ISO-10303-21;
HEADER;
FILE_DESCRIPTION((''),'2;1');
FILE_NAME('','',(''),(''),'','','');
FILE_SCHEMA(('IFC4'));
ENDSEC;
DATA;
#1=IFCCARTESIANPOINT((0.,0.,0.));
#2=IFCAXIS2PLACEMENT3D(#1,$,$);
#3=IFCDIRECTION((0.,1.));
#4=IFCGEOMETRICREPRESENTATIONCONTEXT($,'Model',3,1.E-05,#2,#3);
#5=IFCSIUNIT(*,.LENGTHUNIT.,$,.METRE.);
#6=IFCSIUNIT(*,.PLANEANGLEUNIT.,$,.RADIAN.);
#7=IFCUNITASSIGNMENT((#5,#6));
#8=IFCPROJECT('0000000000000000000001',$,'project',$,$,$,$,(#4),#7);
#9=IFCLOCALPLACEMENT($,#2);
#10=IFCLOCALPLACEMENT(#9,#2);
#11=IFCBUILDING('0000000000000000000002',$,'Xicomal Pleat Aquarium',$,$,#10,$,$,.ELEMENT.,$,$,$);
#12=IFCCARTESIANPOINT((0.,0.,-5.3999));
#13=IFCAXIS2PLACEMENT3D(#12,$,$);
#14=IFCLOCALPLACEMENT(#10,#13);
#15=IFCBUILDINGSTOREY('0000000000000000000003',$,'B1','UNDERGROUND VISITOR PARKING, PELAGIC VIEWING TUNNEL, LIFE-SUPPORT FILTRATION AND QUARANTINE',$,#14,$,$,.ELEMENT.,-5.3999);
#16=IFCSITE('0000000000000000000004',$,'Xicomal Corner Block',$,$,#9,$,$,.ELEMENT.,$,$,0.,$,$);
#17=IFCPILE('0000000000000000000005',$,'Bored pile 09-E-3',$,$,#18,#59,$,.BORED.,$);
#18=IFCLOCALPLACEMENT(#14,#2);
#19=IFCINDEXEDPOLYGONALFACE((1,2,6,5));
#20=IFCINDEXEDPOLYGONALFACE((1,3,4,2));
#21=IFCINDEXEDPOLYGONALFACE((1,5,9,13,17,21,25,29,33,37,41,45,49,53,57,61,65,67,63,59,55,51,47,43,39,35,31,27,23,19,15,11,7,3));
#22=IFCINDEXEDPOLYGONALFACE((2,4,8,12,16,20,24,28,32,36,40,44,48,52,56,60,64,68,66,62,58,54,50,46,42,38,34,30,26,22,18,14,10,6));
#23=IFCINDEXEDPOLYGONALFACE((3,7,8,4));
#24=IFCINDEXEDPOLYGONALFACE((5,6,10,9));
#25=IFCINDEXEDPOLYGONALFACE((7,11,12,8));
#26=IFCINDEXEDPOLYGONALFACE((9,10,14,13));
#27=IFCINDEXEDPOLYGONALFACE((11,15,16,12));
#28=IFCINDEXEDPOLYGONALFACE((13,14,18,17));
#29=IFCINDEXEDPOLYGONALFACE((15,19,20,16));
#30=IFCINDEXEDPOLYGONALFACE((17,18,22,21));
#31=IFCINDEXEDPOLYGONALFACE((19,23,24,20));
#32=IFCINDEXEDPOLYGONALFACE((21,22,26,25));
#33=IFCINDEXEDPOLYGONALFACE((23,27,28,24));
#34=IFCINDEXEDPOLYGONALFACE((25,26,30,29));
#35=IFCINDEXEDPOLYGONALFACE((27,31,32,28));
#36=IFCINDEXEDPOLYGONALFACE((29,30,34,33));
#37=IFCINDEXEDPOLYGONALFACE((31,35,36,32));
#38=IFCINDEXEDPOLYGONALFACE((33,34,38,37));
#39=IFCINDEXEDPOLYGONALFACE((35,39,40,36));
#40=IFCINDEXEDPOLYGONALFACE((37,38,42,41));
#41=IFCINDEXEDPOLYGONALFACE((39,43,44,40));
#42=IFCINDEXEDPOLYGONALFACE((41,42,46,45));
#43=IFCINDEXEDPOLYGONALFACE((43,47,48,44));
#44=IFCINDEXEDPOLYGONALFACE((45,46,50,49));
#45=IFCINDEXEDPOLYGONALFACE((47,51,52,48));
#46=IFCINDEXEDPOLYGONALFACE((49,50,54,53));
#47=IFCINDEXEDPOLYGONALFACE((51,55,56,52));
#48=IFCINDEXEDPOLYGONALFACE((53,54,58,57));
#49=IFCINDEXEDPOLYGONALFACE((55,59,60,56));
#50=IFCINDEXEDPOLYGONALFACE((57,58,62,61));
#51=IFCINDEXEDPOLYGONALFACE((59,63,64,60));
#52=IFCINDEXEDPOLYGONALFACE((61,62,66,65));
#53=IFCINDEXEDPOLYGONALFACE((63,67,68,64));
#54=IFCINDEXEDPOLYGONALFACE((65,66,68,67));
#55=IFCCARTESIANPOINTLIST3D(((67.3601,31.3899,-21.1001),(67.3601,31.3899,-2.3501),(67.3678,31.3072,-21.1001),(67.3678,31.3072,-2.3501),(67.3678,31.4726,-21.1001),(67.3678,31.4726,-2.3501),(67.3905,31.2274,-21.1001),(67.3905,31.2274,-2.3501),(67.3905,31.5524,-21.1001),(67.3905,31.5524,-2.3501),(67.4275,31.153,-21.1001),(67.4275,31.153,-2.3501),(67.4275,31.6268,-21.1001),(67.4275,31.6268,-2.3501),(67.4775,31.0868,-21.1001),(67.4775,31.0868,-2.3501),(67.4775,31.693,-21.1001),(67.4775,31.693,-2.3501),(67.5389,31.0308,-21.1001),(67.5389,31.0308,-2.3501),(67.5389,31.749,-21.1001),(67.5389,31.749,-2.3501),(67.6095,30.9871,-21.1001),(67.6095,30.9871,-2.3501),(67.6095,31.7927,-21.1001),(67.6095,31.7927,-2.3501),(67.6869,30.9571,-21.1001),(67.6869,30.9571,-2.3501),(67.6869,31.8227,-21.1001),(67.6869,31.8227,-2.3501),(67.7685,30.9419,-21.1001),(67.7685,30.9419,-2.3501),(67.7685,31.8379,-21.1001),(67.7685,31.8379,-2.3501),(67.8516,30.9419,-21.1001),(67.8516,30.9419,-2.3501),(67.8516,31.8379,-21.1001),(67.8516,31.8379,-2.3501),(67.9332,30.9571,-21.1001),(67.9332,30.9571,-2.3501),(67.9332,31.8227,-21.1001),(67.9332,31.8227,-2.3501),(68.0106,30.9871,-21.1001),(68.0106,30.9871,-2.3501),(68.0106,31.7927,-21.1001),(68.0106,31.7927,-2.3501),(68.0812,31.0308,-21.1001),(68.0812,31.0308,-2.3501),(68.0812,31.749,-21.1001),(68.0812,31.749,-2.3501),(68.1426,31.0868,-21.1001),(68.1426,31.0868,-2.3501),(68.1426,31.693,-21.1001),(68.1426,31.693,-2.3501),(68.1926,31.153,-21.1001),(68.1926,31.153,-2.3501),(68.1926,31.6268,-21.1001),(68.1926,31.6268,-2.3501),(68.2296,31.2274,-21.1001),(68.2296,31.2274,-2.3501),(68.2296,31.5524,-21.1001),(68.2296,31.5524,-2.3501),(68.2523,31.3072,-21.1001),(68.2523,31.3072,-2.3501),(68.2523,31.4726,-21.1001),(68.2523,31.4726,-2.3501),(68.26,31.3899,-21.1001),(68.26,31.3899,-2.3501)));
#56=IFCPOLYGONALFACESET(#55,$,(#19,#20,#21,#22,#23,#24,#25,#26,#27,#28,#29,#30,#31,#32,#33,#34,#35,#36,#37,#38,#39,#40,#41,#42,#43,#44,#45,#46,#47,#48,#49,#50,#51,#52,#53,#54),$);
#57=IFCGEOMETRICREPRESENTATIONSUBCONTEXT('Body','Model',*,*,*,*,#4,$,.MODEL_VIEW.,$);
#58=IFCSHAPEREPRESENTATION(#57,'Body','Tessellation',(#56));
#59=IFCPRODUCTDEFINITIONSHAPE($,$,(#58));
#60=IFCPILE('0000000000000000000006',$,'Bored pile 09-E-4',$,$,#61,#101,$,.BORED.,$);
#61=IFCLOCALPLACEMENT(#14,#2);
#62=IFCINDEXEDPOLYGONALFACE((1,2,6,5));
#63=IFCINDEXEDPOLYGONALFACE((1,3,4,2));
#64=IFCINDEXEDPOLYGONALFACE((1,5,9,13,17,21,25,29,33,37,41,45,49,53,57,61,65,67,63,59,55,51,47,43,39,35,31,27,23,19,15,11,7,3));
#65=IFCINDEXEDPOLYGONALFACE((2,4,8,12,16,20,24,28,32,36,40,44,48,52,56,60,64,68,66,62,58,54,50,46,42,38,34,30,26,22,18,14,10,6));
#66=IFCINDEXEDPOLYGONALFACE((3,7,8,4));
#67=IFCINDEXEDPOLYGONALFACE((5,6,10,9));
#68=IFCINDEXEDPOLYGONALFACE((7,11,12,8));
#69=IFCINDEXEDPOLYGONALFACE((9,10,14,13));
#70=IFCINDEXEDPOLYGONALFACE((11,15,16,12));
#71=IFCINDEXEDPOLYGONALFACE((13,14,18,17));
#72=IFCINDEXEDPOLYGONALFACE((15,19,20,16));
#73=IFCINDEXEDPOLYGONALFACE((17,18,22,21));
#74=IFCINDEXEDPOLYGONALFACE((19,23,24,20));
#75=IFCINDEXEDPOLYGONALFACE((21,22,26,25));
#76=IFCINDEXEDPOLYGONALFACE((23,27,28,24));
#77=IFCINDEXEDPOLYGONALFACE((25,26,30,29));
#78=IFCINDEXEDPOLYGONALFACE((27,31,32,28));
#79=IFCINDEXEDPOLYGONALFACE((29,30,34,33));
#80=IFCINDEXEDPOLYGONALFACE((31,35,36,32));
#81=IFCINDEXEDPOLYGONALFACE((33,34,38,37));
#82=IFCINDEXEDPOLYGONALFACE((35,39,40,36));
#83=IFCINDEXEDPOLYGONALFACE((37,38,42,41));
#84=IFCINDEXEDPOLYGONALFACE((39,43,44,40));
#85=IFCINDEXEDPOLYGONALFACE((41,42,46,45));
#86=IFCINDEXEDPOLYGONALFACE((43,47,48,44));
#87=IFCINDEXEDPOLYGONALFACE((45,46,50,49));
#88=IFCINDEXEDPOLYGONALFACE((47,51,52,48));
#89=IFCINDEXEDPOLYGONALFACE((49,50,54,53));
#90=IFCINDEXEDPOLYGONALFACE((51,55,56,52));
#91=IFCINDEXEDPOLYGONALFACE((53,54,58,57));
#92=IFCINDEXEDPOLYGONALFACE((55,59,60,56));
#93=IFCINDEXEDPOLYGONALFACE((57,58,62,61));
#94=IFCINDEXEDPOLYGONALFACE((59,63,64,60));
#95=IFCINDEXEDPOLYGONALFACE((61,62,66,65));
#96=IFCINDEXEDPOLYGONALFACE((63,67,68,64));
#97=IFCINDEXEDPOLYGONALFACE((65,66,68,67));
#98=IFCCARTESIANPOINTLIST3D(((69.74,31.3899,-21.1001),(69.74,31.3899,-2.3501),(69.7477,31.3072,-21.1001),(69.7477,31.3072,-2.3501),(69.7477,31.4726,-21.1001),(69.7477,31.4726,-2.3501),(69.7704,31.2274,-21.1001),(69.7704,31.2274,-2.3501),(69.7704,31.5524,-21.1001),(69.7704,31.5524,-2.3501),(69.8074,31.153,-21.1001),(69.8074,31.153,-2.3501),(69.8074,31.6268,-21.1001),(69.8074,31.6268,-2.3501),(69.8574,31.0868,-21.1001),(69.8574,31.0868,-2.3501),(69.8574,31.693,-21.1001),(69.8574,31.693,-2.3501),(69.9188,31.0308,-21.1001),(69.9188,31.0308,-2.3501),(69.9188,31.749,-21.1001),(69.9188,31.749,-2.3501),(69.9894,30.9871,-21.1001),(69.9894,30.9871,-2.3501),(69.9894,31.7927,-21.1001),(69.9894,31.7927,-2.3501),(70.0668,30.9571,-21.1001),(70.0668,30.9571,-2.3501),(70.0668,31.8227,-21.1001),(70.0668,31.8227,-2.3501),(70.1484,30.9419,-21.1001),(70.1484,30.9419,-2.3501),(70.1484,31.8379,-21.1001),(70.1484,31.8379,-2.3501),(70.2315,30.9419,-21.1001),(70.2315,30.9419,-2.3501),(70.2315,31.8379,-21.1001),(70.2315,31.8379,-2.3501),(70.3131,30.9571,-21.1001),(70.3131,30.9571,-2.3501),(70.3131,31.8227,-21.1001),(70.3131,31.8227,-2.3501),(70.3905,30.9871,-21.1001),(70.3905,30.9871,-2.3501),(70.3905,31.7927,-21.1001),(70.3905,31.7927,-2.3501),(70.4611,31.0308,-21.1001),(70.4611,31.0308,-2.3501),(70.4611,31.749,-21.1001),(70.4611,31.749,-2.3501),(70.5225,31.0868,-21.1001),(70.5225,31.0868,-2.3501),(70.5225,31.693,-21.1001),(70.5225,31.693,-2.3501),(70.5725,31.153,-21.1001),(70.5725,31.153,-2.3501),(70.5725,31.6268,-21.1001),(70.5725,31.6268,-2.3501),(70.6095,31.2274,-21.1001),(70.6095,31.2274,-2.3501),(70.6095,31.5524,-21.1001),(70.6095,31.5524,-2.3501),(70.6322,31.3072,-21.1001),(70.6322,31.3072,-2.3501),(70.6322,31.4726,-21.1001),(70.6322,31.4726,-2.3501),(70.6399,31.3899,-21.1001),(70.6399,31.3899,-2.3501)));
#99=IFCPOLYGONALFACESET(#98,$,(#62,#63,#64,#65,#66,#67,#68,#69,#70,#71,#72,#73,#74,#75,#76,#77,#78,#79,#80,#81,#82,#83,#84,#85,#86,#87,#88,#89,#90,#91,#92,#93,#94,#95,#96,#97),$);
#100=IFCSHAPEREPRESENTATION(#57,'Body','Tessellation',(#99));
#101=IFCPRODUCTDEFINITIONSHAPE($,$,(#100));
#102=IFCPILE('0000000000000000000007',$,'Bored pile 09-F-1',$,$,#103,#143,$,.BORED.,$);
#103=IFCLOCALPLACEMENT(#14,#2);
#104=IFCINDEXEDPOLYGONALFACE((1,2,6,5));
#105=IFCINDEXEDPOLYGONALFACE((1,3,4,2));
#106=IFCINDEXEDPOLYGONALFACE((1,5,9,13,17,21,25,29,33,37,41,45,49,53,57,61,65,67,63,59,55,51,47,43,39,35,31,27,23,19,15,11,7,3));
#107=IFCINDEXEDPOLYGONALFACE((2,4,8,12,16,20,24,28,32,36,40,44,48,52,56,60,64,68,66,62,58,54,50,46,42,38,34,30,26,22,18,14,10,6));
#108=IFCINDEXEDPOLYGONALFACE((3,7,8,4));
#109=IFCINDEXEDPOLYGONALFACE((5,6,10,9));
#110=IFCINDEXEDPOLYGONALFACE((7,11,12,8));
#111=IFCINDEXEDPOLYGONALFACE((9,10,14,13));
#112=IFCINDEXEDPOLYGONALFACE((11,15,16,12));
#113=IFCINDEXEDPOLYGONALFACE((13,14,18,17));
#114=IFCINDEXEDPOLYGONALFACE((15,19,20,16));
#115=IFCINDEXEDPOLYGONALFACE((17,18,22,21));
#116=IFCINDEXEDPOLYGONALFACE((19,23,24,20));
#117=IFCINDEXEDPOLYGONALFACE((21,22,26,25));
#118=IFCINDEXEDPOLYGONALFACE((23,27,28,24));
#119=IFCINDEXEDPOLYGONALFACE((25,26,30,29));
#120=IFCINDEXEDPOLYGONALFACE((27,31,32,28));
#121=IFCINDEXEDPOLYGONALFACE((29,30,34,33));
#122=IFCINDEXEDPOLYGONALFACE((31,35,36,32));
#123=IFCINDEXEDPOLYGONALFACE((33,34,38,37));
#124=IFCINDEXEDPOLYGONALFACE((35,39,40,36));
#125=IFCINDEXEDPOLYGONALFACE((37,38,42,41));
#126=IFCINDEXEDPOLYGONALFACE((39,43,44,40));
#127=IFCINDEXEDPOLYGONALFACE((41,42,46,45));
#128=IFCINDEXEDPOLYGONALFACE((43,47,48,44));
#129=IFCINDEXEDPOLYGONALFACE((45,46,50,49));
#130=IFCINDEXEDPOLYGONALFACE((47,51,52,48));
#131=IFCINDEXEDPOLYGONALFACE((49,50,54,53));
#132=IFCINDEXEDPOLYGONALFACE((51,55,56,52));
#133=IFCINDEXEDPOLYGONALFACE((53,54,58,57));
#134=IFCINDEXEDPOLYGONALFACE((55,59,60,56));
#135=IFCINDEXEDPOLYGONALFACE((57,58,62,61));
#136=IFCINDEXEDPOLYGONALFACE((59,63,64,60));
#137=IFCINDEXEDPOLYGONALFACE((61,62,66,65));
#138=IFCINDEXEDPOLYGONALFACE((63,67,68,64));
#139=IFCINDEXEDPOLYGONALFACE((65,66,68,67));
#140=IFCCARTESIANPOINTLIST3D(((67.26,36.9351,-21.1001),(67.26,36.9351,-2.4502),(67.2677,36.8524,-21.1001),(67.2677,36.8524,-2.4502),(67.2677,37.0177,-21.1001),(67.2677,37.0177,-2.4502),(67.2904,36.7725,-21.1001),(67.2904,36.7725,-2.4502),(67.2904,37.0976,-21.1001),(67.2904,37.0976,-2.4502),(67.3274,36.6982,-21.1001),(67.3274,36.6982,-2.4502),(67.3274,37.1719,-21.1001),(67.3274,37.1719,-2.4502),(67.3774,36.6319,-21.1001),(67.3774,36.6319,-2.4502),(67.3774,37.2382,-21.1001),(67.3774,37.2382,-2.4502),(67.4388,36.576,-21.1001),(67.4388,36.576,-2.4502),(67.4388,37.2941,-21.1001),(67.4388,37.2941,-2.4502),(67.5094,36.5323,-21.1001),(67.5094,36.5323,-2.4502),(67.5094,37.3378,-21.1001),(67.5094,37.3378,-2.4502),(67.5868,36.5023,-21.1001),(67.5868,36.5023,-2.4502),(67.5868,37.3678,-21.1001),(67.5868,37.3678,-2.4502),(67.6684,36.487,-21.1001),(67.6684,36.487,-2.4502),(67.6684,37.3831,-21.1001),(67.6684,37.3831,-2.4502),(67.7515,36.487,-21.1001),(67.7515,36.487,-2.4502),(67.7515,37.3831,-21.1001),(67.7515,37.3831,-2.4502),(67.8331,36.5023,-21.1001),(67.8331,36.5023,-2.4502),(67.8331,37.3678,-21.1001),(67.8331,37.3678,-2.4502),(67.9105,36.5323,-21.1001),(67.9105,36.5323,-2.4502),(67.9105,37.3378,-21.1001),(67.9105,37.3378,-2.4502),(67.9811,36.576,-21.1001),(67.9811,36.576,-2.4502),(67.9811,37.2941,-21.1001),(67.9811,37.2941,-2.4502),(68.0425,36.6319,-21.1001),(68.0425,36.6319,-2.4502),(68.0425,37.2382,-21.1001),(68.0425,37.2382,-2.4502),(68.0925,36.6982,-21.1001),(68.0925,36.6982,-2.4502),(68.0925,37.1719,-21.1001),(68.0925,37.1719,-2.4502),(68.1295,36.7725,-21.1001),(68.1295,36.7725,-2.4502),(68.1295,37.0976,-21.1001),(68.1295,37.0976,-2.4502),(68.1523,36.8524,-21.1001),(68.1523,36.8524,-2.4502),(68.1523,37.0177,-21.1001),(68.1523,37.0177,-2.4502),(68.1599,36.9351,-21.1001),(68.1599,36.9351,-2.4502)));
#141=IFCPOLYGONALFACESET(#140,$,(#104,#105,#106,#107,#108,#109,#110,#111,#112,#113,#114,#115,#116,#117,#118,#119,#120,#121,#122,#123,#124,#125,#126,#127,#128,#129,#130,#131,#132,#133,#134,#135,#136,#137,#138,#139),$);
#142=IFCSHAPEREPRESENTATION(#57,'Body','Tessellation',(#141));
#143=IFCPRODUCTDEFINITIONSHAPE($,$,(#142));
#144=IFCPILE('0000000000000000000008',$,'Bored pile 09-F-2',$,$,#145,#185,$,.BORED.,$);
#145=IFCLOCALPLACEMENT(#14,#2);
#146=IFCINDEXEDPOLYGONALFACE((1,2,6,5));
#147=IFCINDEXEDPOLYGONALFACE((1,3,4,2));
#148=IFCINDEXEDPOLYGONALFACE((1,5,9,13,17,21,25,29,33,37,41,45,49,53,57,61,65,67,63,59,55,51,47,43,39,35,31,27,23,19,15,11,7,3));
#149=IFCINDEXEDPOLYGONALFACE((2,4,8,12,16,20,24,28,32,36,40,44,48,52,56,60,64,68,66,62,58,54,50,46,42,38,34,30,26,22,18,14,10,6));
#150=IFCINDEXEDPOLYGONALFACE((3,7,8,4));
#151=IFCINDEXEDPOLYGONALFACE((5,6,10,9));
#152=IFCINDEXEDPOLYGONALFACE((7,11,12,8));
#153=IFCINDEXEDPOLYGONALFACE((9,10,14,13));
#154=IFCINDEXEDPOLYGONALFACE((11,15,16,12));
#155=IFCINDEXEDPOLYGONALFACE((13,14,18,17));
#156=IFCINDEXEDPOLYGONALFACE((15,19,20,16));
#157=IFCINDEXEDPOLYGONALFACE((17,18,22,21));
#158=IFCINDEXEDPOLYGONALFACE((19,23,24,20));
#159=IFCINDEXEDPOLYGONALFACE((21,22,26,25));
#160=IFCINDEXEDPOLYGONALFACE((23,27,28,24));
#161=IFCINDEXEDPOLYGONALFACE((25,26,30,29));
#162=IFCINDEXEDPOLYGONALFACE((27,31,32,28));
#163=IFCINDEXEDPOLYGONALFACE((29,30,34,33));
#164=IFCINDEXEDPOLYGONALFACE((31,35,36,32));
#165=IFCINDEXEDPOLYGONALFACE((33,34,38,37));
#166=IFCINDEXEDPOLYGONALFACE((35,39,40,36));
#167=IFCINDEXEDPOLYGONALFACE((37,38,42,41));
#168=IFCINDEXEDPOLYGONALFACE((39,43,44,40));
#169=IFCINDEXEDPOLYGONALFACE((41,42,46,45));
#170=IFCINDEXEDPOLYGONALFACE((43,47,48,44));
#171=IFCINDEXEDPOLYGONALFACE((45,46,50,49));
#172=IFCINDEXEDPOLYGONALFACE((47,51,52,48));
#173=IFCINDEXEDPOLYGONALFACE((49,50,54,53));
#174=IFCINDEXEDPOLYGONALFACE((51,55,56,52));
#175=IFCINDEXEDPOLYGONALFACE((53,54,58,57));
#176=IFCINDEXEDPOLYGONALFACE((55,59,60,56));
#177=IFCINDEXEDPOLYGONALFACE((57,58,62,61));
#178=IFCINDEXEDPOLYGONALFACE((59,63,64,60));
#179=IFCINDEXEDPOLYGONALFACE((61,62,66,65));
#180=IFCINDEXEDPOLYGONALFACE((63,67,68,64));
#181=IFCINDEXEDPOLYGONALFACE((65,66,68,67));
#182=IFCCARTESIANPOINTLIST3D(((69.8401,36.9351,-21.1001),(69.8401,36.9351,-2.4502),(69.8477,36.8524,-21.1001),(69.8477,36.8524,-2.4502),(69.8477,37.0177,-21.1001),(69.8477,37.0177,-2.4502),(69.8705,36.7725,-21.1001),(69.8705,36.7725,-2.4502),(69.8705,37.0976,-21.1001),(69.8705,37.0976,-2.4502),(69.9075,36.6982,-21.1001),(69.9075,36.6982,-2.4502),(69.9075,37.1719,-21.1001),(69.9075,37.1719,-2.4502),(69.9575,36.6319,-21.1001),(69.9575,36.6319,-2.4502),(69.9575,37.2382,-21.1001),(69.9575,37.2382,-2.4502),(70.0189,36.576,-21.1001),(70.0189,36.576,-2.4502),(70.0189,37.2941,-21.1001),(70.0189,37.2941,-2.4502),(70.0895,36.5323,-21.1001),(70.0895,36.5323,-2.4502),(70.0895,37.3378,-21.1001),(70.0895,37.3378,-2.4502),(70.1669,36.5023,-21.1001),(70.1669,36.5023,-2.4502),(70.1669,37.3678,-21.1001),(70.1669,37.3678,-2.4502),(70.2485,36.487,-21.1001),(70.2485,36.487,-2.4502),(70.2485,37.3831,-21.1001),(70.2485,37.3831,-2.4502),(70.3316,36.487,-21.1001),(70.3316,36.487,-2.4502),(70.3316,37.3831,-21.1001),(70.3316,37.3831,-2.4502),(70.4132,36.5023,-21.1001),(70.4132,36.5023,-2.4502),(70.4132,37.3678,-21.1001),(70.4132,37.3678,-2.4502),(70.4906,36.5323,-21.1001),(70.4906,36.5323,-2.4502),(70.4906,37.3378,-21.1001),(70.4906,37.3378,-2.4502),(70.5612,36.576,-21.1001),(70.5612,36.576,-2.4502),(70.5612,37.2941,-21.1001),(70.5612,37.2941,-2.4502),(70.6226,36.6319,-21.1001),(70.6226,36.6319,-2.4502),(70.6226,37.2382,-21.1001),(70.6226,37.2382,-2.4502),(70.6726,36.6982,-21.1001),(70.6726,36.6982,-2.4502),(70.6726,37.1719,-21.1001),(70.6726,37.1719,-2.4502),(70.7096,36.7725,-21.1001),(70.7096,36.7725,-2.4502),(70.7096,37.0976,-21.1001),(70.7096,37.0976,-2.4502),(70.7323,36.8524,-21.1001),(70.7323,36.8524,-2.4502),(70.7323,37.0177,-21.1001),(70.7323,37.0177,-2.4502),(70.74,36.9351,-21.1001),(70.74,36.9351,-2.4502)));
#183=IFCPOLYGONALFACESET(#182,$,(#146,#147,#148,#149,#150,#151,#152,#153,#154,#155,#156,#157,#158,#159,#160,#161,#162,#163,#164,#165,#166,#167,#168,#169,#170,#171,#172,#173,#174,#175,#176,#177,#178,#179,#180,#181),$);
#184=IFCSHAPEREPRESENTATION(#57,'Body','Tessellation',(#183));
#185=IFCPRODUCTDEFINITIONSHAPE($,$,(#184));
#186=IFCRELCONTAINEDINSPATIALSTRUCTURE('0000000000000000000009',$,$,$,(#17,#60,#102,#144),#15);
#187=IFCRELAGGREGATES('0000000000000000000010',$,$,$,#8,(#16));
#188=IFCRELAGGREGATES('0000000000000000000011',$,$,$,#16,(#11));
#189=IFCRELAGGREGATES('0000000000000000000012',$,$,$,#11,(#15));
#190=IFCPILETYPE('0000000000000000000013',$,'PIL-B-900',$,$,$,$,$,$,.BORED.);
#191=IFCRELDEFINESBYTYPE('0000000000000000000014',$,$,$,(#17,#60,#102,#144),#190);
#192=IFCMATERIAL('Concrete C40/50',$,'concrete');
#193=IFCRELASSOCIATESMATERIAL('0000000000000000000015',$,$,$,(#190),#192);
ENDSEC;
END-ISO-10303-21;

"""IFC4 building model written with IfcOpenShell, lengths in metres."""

from ifc_helpers import new_model, si_unit, direction, frame, origin, origin_2d, place, context, subcontext, project, spatial, circle, extrude, material, material_profile, profile_set, type_object, element, save


model = new_model("IFC4")

# Units and contexts
model_context = context("Model", 3, precision=1e-05, world=origin(), true_north=direction((0.0, 1.0)))
body_context = subcontext(model_context, "Body", "Model", "MODEL_VIEW")
ifc_project = project(units=[si_unit("LENGTHUNIT", "METRE"), si_unit("PLANEANGLEUNIT", "RADIAN")], contexts=[model_context])

# Site, building, storey
site_placement = place(None, origin())
site = spatial("IfcSite", under=ifc_project, at=site_placement, Name="Xicomal Corner Block", CompositionType="ELEMENT", RefElevation=0.0)
building_placement = place(site_placement, origin())
building = spatial("IfcBuilding", under=site, at=building_placement, Name="Xicomal Pleat Aquarium", CompositionType="ELEMENT")
storey_placement = place(building_placement, frame((0.0, 0.0, -5.3999)))
storey = spatial("IfcBuildingStorey", under=building, at=storey_placement, Name="B1", Description="UNDERGROUND VISITOR PARKING, PELAGIC VIEWING TUNNEL, LIFE-SUPPORT FILTRATION AND QUARANTINE", CompositionType="ELEMENT", Elevation=-5.3999)

# Piles
ifc_material_1 = material(Name="Concrete C40/50", Category="concrete")
ifc_material_profile_1 = material_profile(ifc_material_1, circle(Radius=0.45, at=origin_2d()), Name="BORED PILE D900")
ifc_profile_set_1 = profile_set([ifc_material_profile_1], Name="Concrete C40/50")
pile_type_1 = type_object("IfcPileType", Name="PIL-B-900", PredefinedType="BORED", material=ifc_profile_set_1)
for number, where, z_axis, x_axis, name in (
    (1, (67.8101, 31.3899, -2.3501), (0.0, 0.0, -1.0), (1.0, 0.0, 0.0), "Bored pile 09-E-3"),
    (2, (70.1899, 31.3899, -2.3501), (0.0, 0.0, -1.0), (1.0, 0.0, 0.0), "Bored pile 09-E-4"),
):
    element("IfcPile", number, at=place(storey_placement, frame(where, z_axis=z_axis, x_axis=x_axis)), inside=storey, type_object=pile_type_1, Name=name, PredefinedType="BORED", context=body_context, shape_type="SweptSolid", body=[
        extrude(circle(Radius=0.45, at=origin_2d()), origin(), (0.0, 0.0, 1.0), 18.75),
    ])
for number, where, z_axis, x_axis, name in (
    (3, (67.71, 36.9351, -2.4502), (0.0, 0.0, -1.0), (1.0, 0.0, 0.0), "Bored pile 09-F-1"),
    (4, (70.29, 36.9351, -2.4502), (0.0, 0.0, -1.0), (1.0, 0.0, 0.0), "Bored pile 09-F-2"),
):
    element("IfcPile", number, at=place(storey_placement, frame(where, z_axis=z_axis, x_axis=x_axis)), inside=storey, type_object=pile_type_1, Name=name, PredefinedType="BORED", context=body_context, shape_type="SweptSolid", body=[
        extrude(circle(Radius=0.45, at=origin_2d()), origin(), (0.0, 0.0, 1.0), 18.6499),
    ])

save(model, "model.ifc")
